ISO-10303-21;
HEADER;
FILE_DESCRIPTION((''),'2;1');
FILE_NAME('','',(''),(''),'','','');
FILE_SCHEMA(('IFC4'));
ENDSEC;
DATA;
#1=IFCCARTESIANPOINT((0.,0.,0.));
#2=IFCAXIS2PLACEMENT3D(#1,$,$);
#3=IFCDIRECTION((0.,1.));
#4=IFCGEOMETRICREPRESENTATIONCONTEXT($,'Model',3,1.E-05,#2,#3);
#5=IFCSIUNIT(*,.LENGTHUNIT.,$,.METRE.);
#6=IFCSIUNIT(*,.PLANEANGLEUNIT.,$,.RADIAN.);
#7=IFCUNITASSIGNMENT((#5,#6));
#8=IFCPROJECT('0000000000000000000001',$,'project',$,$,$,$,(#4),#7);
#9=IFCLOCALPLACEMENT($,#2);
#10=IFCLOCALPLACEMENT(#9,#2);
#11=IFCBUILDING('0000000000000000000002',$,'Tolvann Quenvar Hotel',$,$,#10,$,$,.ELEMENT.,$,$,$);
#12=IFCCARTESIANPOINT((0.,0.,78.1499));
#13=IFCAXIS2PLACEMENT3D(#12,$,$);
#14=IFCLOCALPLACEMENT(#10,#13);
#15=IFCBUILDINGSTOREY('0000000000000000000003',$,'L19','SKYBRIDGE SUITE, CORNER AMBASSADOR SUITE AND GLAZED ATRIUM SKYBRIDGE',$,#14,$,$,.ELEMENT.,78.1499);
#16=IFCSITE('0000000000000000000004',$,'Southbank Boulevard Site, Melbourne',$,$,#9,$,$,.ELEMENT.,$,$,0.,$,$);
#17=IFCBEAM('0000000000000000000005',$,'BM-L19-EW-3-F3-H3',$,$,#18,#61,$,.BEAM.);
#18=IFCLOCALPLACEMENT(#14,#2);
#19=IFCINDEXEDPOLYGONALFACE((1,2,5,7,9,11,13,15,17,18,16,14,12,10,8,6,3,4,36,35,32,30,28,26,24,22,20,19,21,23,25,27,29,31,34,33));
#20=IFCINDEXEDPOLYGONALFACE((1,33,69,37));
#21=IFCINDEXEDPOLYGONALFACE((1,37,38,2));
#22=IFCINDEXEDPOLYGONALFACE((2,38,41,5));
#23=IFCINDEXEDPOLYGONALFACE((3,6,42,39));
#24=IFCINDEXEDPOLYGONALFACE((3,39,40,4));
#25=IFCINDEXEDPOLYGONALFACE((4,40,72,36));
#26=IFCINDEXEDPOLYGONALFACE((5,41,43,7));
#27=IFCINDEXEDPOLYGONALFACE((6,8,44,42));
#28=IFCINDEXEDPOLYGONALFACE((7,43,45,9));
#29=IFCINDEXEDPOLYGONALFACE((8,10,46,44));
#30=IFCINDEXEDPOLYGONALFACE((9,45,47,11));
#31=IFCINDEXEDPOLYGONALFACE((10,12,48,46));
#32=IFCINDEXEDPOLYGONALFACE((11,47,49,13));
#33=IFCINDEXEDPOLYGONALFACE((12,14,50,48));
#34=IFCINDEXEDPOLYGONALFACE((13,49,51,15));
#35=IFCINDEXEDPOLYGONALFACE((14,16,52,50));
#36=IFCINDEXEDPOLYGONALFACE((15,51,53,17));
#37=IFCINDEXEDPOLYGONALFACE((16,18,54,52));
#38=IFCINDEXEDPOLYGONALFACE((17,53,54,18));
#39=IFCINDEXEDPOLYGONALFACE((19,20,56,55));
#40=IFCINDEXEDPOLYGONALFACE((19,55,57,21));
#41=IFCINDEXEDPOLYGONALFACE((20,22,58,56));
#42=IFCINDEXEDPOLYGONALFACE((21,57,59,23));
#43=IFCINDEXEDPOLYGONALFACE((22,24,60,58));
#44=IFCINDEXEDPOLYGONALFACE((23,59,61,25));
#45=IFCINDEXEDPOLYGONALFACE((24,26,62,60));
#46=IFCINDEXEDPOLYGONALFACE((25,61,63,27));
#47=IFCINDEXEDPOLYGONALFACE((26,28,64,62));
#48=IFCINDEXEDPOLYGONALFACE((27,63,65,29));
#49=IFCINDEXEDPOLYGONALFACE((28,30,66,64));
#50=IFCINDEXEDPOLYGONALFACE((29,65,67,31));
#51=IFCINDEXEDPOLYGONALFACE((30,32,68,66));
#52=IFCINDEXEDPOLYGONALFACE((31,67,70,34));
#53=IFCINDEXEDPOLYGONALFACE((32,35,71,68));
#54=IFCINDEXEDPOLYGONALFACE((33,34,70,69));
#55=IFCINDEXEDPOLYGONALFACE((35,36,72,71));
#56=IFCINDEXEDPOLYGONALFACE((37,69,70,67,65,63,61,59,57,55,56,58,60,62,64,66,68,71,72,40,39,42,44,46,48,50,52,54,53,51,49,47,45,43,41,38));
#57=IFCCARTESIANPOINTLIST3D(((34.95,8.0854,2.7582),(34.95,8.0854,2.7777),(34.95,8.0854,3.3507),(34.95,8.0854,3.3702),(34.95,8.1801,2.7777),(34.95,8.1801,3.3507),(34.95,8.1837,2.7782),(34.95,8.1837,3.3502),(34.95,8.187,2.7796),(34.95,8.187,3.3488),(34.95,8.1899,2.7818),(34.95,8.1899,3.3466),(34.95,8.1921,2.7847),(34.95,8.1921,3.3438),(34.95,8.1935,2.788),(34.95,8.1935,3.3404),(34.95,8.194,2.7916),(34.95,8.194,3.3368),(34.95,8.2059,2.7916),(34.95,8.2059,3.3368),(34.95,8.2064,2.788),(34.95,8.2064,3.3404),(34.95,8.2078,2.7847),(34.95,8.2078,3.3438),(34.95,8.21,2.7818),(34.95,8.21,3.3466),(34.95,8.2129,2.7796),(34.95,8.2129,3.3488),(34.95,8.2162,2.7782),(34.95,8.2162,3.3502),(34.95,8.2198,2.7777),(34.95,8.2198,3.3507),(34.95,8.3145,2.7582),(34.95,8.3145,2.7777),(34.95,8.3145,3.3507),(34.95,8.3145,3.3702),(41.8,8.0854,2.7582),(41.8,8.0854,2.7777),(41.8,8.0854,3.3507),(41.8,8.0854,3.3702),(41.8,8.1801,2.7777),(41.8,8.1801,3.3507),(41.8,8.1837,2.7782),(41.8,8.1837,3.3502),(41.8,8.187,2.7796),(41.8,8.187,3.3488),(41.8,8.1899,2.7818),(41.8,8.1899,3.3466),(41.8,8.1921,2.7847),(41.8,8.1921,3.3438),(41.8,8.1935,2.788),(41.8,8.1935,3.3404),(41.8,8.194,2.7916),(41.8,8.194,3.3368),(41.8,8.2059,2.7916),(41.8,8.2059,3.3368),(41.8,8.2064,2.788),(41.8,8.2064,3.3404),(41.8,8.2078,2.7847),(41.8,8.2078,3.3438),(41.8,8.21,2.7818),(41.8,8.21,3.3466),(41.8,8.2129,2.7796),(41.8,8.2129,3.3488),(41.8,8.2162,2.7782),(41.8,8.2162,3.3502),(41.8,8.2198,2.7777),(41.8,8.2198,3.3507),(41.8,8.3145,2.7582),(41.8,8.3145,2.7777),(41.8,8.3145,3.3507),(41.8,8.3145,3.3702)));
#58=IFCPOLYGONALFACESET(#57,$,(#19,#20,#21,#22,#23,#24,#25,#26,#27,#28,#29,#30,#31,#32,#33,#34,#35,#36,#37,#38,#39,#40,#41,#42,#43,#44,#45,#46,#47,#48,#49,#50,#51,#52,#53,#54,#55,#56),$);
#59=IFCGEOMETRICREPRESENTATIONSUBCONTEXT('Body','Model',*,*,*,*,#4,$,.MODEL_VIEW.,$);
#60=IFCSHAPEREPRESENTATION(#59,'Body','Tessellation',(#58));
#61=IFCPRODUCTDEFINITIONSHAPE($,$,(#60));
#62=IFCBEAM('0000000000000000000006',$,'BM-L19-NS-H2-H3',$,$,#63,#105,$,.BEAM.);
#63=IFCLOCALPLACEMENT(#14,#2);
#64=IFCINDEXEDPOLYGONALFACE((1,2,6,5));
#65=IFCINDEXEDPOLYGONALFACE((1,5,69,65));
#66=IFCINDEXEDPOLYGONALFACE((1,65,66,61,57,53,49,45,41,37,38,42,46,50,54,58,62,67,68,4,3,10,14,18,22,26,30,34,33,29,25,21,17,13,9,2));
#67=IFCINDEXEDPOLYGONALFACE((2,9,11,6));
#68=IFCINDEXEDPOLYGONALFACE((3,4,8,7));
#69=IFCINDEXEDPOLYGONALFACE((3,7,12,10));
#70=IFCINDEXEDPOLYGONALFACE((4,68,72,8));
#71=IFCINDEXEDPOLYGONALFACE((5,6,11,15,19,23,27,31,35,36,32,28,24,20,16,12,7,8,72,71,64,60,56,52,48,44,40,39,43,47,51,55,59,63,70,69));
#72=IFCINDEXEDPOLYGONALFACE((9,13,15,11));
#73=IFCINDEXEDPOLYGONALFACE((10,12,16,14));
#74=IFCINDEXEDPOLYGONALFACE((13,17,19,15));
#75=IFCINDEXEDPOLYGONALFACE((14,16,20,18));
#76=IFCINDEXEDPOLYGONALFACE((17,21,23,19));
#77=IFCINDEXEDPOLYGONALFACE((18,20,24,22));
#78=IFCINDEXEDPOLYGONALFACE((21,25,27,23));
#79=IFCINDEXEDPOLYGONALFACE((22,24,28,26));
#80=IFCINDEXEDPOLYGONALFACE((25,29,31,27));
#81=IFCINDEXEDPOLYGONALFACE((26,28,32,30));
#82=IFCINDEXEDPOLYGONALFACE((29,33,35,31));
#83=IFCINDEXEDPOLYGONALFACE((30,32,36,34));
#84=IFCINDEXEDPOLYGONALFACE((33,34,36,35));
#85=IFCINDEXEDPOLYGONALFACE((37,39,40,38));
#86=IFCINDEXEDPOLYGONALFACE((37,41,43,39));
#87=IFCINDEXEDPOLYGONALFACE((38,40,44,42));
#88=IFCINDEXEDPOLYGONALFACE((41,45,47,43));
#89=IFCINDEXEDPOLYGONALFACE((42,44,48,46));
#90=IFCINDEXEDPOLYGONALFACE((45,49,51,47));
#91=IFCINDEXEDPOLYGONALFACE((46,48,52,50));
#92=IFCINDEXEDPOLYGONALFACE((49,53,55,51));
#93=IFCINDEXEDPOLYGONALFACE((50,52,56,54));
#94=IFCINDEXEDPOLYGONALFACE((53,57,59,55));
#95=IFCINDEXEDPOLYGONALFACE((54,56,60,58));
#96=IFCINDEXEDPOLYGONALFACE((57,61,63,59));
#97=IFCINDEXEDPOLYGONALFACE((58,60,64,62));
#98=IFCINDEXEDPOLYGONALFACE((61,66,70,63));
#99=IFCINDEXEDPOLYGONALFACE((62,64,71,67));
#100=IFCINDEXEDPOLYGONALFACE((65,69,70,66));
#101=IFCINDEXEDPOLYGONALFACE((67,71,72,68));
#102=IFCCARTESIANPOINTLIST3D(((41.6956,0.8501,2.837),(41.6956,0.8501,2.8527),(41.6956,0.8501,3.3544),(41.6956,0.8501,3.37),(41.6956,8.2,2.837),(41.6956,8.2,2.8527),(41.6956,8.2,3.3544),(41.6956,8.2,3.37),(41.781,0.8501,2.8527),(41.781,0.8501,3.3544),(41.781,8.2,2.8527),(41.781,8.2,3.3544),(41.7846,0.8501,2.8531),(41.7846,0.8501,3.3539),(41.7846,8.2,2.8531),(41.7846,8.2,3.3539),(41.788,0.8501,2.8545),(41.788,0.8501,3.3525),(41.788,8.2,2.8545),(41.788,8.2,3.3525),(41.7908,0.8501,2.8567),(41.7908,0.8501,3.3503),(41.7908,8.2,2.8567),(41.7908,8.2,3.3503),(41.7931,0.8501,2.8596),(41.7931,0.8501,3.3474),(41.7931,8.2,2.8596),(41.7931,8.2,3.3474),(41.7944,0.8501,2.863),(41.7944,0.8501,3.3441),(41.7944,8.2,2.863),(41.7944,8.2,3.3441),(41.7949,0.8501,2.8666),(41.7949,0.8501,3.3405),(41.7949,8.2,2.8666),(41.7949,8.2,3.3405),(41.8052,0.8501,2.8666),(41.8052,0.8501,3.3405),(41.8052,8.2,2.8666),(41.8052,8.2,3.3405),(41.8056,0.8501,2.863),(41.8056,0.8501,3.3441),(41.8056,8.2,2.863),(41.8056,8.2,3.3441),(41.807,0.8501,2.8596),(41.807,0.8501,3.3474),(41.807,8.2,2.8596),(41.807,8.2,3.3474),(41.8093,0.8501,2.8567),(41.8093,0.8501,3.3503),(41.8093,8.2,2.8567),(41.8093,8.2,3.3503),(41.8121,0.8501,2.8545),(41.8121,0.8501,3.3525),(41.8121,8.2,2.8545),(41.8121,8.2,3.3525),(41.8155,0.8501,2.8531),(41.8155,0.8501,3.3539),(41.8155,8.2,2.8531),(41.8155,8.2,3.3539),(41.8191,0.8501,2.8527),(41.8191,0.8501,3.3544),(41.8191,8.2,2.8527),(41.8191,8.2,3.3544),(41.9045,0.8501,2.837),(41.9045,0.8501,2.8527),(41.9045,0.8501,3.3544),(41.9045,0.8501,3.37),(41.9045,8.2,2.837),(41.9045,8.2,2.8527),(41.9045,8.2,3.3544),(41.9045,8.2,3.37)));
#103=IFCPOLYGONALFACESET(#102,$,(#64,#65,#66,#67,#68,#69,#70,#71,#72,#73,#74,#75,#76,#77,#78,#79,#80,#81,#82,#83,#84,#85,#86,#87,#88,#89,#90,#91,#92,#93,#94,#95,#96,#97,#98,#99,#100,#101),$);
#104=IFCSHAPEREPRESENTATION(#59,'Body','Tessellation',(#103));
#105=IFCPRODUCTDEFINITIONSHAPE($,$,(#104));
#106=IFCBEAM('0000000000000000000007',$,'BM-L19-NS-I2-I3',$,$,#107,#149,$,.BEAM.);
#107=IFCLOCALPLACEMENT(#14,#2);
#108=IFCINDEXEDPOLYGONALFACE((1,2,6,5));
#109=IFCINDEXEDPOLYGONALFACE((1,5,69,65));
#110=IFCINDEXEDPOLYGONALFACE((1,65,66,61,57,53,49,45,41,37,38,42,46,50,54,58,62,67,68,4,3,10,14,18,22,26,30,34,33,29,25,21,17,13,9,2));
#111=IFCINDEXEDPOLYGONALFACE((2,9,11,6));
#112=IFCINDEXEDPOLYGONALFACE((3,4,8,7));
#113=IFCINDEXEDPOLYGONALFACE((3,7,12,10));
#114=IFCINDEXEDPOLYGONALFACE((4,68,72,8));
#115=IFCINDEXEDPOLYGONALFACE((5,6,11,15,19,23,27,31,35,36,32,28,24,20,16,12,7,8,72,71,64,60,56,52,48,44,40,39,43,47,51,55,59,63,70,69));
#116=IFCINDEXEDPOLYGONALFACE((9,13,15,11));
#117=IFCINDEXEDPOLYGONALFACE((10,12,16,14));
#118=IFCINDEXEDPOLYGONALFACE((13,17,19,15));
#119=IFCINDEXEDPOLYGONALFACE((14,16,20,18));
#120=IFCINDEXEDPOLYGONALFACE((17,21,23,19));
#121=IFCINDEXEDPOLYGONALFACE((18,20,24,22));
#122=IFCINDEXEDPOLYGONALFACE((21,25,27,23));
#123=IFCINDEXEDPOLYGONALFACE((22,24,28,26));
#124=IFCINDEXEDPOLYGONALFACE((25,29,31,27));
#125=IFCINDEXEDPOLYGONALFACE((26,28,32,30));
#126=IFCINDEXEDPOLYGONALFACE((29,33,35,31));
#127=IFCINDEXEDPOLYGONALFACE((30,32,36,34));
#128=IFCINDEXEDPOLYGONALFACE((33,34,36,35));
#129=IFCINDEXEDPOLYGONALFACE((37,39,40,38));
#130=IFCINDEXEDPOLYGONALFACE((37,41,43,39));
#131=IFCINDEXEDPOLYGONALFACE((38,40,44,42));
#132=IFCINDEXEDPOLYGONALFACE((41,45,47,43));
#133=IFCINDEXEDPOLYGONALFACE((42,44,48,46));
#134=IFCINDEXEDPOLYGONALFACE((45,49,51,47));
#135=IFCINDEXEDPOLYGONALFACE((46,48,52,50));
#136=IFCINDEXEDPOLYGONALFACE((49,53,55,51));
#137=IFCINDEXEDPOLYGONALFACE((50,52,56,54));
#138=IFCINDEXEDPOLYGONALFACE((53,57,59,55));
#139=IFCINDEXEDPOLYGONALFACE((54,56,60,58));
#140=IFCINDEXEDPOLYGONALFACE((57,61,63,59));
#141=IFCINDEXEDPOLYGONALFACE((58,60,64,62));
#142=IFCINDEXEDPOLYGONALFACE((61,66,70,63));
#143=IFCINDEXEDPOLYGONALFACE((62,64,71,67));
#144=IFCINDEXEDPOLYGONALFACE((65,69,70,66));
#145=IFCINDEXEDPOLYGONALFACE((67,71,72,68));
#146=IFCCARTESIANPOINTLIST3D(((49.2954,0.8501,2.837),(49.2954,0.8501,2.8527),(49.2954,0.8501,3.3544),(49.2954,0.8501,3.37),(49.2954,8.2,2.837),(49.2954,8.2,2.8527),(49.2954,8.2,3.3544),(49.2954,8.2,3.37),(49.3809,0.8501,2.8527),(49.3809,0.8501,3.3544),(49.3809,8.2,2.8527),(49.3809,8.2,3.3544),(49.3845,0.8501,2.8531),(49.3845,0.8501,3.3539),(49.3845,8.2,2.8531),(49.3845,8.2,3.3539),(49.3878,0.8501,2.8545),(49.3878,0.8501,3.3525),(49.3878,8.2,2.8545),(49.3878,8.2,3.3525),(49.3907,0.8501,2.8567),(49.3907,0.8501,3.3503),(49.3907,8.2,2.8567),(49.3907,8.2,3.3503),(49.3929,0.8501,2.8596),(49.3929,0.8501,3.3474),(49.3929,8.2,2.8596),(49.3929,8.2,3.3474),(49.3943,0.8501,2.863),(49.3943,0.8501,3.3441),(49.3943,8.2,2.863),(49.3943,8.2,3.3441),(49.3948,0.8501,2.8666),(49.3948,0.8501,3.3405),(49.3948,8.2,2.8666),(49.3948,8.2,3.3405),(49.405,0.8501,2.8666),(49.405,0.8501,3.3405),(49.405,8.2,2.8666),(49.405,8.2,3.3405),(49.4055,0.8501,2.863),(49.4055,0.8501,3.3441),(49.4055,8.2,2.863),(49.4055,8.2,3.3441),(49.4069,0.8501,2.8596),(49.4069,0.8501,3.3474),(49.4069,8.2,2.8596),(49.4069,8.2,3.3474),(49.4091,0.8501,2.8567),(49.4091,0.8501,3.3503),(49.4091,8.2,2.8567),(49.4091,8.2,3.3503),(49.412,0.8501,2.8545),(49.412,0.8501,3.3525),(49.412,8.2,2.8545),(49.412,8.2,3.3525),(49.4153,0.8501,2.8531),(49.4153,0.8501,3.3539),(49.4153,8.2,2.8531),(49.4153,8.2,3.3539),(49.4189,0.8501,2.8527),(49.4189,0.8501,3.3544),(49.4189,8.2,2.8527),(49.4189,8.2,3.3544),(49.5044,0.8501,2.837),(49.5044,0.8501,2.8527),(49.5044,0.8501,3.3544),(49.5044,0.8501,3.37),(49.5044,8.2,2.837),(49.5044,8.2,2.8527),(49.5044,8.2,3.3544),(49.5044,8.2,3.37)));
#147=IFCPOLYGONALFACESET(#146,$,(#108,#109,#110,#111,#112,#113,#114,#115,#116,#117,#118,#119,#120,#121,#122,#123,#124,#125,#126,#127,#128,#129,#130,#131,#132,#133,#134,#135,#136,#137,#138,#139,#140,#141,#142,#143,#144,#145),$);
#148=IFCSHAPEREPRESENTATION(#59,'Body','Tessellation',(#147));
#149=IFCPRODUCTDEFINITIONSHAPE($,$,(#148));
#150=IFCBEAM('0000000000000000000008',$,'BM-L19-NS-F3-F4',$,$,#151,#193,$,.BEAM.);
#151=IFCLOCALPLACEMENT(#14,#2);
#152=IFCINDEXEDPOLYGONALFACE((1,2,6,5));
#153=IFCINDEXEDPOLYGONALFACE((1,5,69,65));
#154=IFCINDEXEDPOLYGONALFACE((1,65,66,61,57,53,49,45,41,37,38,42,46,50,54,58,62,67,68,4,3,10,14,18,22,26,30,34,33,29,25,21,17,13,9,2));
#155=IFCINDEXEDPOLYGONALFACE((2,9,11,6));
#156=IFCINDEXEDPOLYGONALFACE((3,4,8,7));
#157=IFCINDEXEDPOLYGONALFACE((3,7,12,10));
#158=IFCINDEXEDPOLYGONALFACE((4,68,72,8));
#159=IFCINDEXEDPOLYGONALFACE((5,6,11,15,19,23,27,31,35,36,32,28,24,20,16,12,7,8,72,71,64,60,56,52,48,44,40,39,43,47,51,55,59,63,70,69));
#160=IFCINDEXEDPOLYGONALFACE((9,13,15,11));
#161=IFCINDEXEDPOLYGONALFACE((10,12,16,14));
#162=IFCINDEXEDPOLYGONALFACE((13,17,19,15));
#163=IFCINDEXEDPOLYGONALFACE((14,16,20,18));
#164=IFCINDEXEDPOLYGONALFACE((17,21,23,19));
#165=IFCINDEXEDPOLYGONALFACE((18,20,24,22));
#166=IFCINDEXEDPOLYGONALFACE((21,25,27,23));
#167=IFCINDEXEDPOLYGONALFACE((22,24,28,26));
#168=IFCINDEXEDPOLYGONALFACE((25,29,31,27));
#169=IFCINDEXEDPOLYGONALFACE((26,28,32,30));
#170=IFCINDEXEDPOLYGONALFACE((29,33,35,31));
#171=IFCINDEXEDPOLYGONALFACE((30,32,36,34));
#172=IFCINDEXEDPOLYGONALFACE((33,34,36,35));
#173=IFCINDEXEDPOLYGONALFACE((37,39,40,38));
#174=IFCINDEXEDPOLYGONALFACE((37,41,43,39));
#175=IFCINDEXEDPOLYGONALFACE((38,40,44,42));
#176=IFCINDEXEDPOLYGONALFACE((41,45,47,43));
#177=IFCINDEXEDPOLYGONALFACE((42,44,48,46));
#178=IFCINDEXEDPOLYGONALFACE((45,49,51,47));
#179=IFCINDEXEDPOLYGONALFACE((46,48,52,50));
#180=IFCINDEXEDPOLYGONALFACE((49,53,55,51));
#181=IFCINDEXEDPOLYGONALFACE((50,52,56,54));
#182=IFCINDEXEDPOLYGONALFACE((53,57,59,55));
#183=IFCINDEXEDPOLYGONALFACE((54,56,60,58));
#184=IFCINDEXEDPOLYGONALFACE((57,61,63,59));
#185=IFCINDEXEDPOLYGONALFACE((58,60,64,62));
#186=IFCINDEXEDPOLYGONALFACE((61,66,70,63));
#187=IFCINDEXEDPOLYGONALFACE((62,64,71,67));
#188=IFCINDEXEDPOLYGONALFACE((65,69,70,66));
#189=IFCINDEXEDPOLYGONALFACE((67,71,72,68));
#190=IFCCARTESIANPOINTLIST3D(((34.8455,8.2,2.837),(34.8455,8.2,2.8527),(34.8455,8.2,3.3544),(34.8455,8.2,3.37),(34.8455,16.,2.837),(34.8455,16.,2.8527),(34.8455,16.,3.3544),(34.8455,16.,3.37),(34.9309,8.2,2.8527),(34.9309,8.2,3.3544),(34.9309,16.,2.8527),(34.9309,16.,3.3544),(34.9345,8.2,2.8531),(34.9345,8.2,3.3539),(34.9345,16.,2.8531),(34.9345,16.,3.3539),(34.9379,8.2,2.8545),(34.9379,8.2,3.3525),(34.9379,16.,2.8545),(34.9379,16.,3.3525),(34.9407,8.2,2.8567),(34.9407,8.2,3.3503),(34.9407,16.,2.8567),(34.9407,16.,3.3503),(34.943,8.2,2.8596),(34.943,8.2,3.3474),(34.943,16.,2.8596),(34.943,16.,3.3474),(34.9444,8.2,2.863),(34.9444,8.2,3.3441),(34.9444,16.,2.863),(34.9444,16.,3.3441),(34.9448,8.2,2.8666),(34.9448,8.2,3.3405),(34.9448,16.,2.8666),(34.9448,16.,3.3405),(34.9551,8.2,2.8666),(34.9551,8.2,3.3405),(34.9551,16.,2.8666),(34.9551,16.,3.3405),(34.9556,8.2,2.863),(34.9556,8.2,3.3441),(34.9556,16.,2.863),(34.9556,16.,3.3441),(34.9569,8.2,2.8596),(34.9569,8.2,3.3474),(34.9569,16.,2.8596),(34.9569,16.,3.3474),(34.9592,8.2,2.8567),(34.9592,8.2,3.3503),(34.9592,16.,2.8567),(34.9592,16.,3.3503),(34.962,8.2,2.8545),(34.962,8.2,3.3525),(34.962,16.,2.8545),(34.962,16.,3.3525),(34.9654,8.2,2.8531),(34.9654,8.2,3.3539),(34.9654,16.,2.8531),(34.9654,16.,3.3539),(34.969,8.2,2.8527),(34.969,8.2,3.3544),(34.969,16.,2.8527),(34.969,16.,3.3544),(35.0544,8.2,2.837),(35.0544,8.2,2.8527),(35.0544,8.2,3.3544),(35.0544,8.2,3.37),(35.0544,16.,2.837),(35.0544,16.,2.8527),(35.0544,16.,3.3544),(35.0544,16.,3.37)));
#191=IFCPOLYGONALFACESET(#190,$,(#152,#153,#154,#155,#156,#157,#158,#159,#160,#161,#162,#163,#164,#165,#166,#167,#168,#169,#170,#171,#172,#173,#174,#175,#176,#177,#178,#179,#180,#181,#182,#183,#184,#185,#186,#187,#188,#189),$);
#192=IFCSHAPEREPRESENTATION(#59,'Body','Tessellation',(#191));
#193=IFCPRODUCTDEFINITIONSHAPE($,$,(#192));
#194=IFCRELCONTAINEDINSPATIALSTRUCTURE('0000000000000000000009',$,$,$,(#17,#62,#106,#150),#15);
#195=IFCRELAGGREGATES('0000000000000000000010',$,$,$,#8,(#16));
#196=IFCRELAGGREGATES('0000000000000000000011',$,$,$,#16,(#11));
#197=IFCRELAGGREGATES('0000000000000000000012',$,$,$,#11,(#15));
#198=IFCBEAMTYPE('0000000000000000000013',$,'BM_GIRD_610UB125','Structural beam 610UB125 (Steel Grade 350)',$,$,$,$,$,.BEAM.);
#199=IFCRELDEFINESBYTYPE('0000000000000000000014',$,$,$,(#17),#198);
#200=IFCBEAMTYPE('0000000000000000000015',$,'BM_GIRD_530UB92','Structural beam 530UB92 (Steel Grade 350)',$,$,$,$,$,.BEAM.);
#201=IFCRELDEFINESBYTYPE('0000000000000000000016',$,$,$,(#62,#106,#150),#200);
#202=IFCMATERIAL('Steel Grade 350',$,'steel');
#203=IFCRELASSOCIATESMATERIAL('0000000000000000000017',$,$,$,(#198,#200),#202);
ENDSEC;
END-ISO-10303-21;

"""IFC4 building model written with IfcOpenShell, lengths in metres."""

from ifc_helpers import new_model, si_unit, direction, frame, origin, origin_2d, place, context, subcontext, project, spatial, i_section, extrude, source, transform, mapped, material, material_profile, profile_set, type_object, type_shapes, element, save


model = new_model("IFC4")

# Units and contexts
model_context = context("Model", 3, precision=1e-05, world=origin(), true_north=direction((0.0, 1.0)))
body_context = subcontext(model_context, "Body", "Model", "MODEL_VIEW")
ifc_project = project(units=[si_unit("LENGTHUNIT", "METRE"), si_unit("PLANEANGLEUNIT", "RADIAN")], contexts=[model_context])

# Site, building, storey
site_placement = place(None, origin())
site = spatial("IfcSite", under=ifc_project, at=site_placement, Name="Southbank Boulevard Site, Melbourne", CompositionType="ELEMENT", RefElevation=0.0)
building_placement = place(site_placement, origin())
building = spatial("IfcBuilding", under=site, at=building_placement, Name="Tolvann Quenvar Hotel", CompositionType="ELEMENT")
storey_placement = place(building_placement, frame((0.0, 0.0, 78.1499)))
storey = spatial("IfcBuildingStorey", under=building, at=storey_placement, Name="L19", Description="SKYBRIDGE SUITE, CORNER AMBASSADOR SUITE AND GLAZED ATRIUM SKYBRIDGE", CompositionType="ELEMENT", Elevation=78.1499)

# Shared definitions
ifc_material_1 = material(Name="Steel Grade 350", Category="steel")

# Beams
ifc_material_profile_1 = material_profile(ifc_material_1, i_section(OverallWidth=0.229, OverallDepth=0.6121, WebThickness=0.012, FlangeThickness=0.0195, FilletRadius=0.0139, at=origin_2d()), Name="610UB125")
ifc_profile_set_1 = profile_set([ifc_material_profile_1], Name="Steel Grade 350")
beam_type_1 = type_object("IfcBeamType", Name="BM_GIRD_610UB125", Description="Structural beam 610UB125 (Steel Grade 350)", PredefinedType="BEAM", material=ifc_profile_set_1)
shared_shape_1 = source(origin(), body_context, "Body", "SweptSolid", [
    extrude(i_section(OverallWidth=0.229, OverallDepth=0.6121, WebThickness=0.012, FlangeThickness=0.0195, FilletRadius=0.0139, at=origin_2d()), origin(), (0.0, 0.0, 1.0), 6.8501),
])
type_shapes(beam_type_1, [shared_shape_1])
beam_1_placement = place(storey_placement, frame((34.95, 8.2, 3.0642), z_axis=(1.0, 0.0, 0.0), x_axis=(0.0, 1.0, 0.0)))
element("IfcBeam", 1, at=beam_1_placement, inside=storey, type_object=beam_type_1, Name="BM-L19-EW-3-F3-H3", PredefinedType="BEAM", context=body_context, shape_type="MappedRepresentation", body=[
    mapped(shared_shape_1, transform((0.0, 0.0, 0.0), x_axis=(1.0, 0.0, 0.0), y_axis=(0.0, 1.0, 0.0), z_axis=(0.0, 0.0, 1.0), scale=1.0)),
])
ifc_material_profile_2 = material_profile(ifc_material_1, i_section(OverallWidth=0.209, OverallDepth=0.533, WebThickness=0.0103, FlangeThickness=0.0156, FilletRadius=0.0139, at=origin_2d()), Name="530UB92")
ifc_profile_set_2 = profile_set([ifc_material_profile_2], Name="Steel Grade 350")
beam_type_2 = type_object("IfcBeamType", Name="BM_GIRD_530UB92", Description="Structural beam 530UB92 (Steel Grade 350)", PredefinedType="BEAM", material=ifc_profile_set_2)
shared_shape_2 = source(origin(), body_context, "Body", "SweptSolid", [
    extrude(i_section(OverallWidth=0.209, OverallDepth=0.533, WebThickness=0.0103, FlangeThickness=0.0156, FilletRadius=0.0139, at=origin_2d()), origin(), (0.0, 0.0, 1.0), 7.3499),
])
for number, where, z_axis, x_axis, name in (
    (2, (41.8, 0.8501, 3.1035), (0.0, 1.0, 0.0), (-1.0, 0.0, 0.0), "BM-L19-NS-H2-H3"),
    (3, (49.3999, 0.8501, 3.1035), (0.0, 1.0, 0.0), (-1.0, 0.0, 0.0), "BM-L19-NS-I2-I3"),
):
    element("IfcBeam", number, at=place(storey_placement, frame(where, z_axis=z_axis, x_axis=x_axis)), inside=storey, type_object=beam_type_2, Name=name, PredefinedType="BEAM", context=body_context, shape_type="MappedRepresentation", body=[
        mapped(shared_shape_2, transform((0.0, 0.0, 0.0), x_axis=(1.0, 0.0, 0.0), y_axis=(0.0, 1.0, 0.0), z_axis=(0.0, 0.0, 1.0), scale=1.0)),
    ])
shared_shape_3 = source(origin(), body_context, "Body", "SweptSolid", [
    extrude(i_section(OverallWidth=0.209, OverallDepth=0.533, WebThickness=0.0103, FlangeThickness=0.0156, FilletRadius=0.0139, at=origin_2d()), origin(), (0.0, 0.0, 1.0), 7.8),
])
type_shapes(beam_type_2, [shared_shape_2, shared_shape_3])
beam_2_placement = place(storey_placement, frame((34.95, 8.2, 3.1035), z_axis=(0.0, 1.0, 0.0), x_axis=(-1.0, 0.0, 0.0)))
element("IfcBeam", 4, at=beam_2_placement, inside=storey, type_object=beam_type_2, Name="BM-L19-NS-F3-F4", PredefinedType="BEAM", context=body_context, shape_type="MappedRepresentation", body=[
    mapped(shared_shape_3, transform((0.0, 0.0, 0.0), x_axis=(1.0, 0.0, 0.0), y_axis=(0.0, 1.0, 0.0), z_axis=(0.0, 0.0, 1.0), scale=1.0)),
])

save(model, "model.ifc")
